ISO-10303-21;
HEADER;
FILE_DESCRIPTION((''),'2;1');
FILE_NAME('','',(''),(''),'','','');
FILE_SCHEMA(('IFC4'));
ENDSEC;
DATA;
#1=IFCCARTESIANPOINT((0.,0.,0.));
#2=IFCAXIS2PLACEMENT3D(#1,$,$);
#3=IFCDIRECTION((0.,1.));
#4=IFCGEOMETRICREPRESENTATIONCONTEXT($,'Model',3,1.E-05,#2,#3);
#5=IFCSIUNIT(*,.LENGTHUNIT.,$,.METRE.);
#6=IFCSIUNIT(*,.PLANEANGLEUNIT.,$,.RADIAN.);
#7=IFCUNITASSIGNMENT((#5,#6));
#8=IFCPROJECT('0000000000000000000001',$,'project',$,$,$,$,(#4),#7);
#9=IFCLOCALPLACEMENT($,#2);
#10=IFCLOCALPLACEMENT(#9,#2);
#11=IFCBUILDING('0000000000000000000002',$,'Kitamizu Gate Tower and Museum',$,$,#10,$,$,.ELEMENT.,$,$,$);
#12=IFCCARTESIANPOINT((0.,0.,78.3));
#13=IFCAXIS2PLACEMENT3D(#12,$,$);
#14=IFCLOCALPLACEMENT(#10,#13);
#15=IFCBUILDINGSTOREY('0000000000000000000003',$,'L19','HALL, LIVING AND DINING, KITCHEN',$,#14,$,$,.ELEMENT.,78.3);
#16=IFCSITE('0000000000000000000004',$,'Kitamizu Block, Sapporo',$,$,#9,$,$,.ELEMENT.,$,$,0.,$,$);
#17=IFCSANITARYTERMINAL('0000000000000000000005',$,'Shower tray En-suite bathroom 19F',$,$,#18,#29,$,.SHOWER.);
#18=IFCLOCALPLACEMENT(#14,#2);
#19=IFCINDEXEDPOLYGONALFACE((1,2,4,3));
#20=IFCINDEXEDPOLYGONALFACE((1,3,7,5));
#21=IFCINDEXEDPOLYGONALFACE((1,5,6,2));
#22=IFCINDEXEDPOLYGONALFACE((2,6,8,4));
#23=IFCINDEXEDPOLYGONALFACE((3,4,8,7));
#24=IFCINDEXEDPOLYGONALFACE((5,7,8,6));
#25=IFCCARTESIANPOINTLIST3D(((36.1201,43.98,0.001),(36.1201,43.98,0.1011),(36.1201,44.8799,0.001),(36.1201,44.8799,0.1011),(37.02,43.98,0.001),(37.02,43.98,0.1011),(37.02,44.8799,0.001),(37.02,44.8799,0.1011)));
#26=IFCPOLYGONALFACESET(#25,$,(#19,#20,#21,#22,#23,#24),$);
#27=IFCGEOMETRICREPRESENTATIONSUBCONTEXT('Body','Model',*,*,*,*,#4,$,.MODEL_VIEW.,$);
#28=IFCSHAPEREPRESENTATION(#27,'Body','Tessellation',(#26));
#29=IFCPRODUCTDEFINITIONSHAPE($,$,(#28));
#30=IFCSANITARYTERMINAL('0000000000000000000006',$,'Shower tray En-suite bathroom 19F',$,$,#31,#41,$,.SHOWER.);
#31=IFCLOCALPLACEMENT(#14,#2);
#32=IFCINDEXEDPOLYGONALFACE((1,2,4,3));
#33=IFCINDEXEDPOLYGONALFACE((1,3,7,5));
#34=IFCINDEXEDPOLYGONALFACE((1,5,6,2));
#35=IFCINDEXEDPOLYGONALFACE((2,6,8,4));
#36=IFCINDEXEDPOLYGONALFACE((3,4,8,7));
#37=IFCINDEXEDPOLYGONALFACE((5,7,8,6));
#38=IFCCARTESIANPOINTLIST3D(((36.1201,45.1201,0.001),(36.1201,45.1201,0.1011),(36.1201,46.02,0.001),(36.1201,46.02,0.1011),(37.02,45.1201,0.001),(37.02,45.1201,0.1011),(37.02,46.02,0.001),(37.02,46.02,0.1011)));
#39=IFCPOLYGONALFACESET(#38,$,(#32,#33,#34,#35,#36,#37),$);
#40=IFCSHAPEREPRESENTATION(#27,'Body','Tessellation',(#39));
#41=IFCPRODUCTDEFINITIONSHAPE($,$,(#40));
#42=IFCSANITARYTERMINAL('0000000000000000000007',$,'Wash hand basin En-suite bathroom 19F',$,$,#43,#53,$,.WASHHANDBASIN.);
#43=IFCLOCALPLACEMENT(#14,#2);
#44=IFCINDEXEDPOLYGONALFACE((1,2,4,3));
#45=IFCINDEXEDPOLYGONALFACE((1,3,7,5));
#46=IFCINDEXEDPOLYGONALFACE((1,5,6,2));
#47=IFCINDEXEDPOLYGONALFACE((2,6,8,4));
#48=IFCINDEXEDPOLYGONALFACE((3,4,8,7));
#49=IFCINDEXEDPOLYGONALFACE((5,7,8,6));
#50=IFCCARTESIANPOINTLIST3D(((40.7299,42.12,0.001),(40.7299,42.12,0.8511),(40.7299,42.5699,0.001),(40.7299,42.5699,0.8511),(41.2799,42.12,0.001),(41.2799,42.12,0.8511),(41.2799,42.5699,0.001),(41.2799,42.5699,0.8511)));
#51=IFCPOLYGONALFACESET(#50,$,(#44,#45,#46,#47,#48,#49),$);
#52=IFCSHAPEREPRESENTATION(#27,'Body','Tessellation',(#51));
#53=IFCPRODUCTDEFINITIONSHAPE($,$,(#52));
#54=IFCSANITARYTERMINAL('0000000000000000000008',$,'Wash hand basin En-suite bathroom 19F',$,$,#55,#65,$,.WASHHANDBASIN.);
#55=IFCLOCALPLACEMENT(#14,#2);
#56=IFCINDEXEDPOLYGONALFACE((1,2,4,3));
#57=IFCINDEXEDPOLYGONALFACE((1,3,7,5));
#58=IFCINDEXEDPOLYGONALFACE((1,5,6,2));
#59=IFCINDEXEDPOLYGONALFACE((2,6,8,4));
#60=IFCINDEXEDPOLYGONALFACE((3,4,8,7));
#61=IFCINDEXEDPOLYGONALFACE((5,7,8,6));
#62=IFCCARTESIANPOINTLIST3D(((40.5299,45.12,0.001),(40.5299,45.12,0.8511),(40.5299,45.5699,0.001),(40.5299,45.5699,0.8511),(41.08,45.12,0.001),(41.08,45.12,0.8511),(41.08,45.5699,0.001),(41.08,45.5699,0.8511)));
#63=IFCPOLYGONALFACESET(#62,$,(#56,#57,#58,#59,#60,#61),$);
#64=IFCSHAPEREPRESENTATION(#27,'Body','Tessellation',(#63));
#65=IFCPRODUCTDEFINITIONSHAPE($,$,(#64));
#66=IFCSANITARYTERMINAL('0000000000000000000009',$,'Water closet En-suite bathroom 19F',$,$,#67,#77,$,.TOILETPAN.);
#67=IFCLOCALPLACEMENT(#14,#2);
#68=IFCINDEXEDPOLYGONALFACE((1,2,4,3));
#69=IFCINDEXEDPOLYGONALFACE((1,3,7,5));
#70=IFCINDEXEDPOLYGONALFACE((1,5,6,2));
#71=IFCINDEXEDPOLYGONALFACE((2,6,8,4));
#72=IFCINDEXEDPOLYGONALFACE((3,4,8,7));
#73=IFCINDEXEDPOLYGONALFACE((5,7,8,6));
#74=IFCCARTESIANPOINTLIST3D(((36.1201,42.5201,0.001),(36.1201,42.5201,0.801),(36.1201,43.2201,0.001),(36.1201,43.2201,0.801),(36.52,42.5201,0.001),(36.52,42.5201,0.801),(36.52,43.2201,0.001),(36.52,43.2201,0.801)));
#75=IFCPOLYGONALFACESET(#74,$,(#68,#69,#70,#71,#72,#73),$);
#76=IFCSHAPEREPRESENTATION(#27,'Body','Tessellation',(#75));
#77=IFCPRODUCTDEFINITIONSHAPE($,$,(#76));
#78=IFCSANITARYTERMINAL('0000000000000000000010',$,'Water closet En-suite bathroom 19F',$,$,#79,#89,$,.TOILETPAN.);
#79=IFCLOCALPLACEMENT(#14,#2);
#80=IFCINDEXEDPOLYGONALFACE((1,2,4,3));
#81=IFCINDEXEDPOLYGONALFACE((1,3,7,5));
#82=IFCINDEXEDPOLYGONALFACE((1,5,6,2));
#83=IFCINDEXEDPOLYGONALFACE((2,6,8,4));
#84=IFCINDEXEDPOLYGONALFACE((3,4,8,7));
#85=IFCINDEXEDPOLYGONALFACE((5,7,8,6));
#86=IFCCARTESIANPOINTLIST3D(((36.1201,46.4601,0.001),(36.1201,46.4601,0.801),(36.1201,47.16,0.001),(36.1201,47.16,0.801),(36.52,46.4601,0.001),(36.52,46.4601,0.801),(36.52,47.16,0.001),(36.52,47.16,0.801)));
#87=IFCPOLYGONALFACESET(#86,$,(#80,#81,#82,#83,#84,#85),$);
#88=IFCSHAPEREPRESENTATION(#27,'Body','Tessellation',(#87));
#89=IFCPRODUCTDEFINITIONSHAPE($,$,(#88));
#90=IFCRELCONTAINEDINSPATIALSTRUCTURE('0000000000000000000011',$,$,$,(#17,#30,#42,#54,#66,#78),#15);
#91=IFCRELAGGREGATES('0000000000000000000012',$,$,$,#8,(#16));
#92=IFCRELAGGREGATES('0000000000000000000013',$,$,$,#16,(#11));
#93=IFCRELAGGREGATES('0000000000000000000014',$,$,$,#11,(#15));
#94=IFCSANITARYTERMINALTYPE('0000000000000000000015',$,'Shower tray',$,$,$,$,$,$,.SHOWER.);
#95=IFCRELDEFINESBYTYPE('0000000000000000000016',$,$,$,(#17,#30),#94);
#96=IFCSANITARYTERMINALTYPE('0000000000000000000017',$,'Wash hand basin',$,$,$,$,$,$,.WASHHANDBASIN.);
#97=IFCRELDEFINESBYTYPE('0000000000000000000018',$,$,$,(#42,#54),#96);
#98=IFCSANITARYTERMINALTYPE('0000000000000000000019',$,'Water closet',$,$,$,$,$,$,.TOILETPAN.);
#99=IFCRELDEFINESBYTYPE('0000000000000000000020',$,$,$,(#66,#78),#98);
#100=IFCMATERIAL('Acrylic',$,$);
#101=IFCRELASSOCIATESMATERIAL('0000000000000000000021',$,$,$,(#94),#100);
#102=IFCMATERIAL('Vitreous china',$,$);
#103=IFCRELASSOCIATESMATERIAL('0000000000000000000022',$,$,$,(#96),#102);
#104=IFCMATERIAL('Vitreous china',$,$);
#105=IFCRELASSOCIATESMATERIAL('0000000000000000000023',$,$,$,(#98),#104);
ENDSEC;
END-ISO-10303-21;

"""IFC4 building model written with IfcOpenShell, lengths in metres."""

from ifc_helpers import new_model, si_unit, direction, frame, origin, origin_2d, place, context, subcontext, project, spatial, rectangle, extrude, material, type_object, element, save


model = new_model("IFC4")

# Units and contexts
model_context = context("Model", 3, precision=1e-05, world=origin(), true_north=direction((0.0, 1.0)))
body_context = subcontext(model_context, "Body", "Model", "MODEL_VIEW")
ifc_project = project(units=[si_unit("LENGTHUNIT", "METRE"), si_unit("PLANEANGLEUNIT", "RADIAN")], contexts=[model_context])

# Site, building, storey
site_placement = place(None, origin())
site = spatial("IfcSite", under=ifc_project, at=site_placement, Name="Kitamizu Block, Sapporo", CompositionType="ELEMENT", RefElevation=0.0)
building_placement = place(site_placement, origin())
building = spatial("IfcBuilding", under=site, at=building_placement, Name="Kitamizu Gate Tower and Museum", CompositionType="ELEMENT")
storey_placement = place(building_placement, frame((0.0, 0.0, 78.3)))
storey = spatial("IfcBuildingStorey", under=building, at=storey_placement, Name="L19", Description="HALL, LIVING AND DINING, KITCHEN", CompositionType="ELEMENT", Elevation=78.3)

# Sanitary terminals
ifc_material_1 = material(Name="Acrylic")
sanitary_terminal_type_1 = type_object("IfcSanitaryTerminalType", Name="Shower tray", PredefinedType="SHOWER", material=ifc_material_1)
for number, where, z_axis, x_axis, name in (
    (1, (36.5701, 44.4299, 0.001), (0.0, 0.0, 1.0), (1.0, 0.0, 0.0), "Shower tray En-suite bathroom 19F"),
    (2, (36.5701, 45.5701, 0.001), (0.0, 0.0, 1.0), (1.0, 0.0, 0.0), "Shower tray En-suite bathroom 19F"),
):
    element("IfcSanitaryTerminal", number, at=place(storey_placement, frame(where, z_axis=z_axis, x_axis=x_axis)), inside=storey, type_object=sanitary_terminal_type_1, Name=name, PredefinedType="SHOWER", context=body_context, shape_type="SweptSolid", body=[
        extrude(rectangle(XDim=0.8999, YDim=0.8999, at=origin_2d()), origin(), (0.0, 0.0, 1.0), 0.1001),
    ])
ifc_material_2 = material(Name="Vitreous china")
sanitary_terminal_type_2 = type_object("IfcSanitaryTerminalType", Name="Wash hand basin", PredefinedType="WASHHANDBASIN", material=ifc_material_2)
for number, where, z_axis, x_axis, name in (
    (3, (41.0049, 42.345, 0.001), (0.0, 0.0, 1.0), (1.0, 0.0, 0.0), "Wash hand basin En-suite bathroom 19F"),
    (4, (40.8049, 45.345, 0.001), (0.0, 0.0, 1.0), (1.0, 0.0, 0.0), "Wash hand basin En-suite bathroom 19F"),
):
    element("IfcSanitaryTerminal", number, at=place(storey_placement, frame(where, z_axis=z_axis, x_axis=x_axis)), inside=storey, type_object=sanitary_terminal_type_2, Name=name, PredefinedType="WASHHANDBASIN", context=body_context, shape_type="SweptSolid", body=[
        extrude(rectangle(XDim=0.55, YDim=0.45, at=origin_2d()), origin(), (0.0, 0.0, 1.0), 0.8501),
    ])
ifc_material_3 = material(Name="Vitreous china")
sanitary_terminal_type_3 = type_object("IfcSanitaryTerminalType", Name="Water closet", PredefinedType="TOILETPAN", material=ifc_material_3)
for number, where, z_axis, x_axis, name in (
    (5, (36.3201, 42.8701, 0.001), (0.0, 0.0, 1.0), (1.0, 0.0, 0.0), "Water closet En-suite bathroom 19F"),
    (6, (36.3201, 46.8101, 0.001), (0.0, 0.0, 1.0), (1.0, 0.0, 0.0), "Water closet En-suite bathroom 19F"),
):
    element("IfcSanitaryTerminal", number, at=place(storey_placement, frame(where, z_axis=z_axis, x_axis=x_axis)), inside=storey, type_object=sanitary_terminal_type_3, Name=name, PredefinedType="TOILETPAN", context=body_context, shape_type="SweptSolid", body=[
        extrude(rectangle(XDim=0.3999, YDim=0.7, at=origin_2d()), origin(), (0.0, 0.0, 1.0), 0.8),
    ])

save(model, "model.ifc")
